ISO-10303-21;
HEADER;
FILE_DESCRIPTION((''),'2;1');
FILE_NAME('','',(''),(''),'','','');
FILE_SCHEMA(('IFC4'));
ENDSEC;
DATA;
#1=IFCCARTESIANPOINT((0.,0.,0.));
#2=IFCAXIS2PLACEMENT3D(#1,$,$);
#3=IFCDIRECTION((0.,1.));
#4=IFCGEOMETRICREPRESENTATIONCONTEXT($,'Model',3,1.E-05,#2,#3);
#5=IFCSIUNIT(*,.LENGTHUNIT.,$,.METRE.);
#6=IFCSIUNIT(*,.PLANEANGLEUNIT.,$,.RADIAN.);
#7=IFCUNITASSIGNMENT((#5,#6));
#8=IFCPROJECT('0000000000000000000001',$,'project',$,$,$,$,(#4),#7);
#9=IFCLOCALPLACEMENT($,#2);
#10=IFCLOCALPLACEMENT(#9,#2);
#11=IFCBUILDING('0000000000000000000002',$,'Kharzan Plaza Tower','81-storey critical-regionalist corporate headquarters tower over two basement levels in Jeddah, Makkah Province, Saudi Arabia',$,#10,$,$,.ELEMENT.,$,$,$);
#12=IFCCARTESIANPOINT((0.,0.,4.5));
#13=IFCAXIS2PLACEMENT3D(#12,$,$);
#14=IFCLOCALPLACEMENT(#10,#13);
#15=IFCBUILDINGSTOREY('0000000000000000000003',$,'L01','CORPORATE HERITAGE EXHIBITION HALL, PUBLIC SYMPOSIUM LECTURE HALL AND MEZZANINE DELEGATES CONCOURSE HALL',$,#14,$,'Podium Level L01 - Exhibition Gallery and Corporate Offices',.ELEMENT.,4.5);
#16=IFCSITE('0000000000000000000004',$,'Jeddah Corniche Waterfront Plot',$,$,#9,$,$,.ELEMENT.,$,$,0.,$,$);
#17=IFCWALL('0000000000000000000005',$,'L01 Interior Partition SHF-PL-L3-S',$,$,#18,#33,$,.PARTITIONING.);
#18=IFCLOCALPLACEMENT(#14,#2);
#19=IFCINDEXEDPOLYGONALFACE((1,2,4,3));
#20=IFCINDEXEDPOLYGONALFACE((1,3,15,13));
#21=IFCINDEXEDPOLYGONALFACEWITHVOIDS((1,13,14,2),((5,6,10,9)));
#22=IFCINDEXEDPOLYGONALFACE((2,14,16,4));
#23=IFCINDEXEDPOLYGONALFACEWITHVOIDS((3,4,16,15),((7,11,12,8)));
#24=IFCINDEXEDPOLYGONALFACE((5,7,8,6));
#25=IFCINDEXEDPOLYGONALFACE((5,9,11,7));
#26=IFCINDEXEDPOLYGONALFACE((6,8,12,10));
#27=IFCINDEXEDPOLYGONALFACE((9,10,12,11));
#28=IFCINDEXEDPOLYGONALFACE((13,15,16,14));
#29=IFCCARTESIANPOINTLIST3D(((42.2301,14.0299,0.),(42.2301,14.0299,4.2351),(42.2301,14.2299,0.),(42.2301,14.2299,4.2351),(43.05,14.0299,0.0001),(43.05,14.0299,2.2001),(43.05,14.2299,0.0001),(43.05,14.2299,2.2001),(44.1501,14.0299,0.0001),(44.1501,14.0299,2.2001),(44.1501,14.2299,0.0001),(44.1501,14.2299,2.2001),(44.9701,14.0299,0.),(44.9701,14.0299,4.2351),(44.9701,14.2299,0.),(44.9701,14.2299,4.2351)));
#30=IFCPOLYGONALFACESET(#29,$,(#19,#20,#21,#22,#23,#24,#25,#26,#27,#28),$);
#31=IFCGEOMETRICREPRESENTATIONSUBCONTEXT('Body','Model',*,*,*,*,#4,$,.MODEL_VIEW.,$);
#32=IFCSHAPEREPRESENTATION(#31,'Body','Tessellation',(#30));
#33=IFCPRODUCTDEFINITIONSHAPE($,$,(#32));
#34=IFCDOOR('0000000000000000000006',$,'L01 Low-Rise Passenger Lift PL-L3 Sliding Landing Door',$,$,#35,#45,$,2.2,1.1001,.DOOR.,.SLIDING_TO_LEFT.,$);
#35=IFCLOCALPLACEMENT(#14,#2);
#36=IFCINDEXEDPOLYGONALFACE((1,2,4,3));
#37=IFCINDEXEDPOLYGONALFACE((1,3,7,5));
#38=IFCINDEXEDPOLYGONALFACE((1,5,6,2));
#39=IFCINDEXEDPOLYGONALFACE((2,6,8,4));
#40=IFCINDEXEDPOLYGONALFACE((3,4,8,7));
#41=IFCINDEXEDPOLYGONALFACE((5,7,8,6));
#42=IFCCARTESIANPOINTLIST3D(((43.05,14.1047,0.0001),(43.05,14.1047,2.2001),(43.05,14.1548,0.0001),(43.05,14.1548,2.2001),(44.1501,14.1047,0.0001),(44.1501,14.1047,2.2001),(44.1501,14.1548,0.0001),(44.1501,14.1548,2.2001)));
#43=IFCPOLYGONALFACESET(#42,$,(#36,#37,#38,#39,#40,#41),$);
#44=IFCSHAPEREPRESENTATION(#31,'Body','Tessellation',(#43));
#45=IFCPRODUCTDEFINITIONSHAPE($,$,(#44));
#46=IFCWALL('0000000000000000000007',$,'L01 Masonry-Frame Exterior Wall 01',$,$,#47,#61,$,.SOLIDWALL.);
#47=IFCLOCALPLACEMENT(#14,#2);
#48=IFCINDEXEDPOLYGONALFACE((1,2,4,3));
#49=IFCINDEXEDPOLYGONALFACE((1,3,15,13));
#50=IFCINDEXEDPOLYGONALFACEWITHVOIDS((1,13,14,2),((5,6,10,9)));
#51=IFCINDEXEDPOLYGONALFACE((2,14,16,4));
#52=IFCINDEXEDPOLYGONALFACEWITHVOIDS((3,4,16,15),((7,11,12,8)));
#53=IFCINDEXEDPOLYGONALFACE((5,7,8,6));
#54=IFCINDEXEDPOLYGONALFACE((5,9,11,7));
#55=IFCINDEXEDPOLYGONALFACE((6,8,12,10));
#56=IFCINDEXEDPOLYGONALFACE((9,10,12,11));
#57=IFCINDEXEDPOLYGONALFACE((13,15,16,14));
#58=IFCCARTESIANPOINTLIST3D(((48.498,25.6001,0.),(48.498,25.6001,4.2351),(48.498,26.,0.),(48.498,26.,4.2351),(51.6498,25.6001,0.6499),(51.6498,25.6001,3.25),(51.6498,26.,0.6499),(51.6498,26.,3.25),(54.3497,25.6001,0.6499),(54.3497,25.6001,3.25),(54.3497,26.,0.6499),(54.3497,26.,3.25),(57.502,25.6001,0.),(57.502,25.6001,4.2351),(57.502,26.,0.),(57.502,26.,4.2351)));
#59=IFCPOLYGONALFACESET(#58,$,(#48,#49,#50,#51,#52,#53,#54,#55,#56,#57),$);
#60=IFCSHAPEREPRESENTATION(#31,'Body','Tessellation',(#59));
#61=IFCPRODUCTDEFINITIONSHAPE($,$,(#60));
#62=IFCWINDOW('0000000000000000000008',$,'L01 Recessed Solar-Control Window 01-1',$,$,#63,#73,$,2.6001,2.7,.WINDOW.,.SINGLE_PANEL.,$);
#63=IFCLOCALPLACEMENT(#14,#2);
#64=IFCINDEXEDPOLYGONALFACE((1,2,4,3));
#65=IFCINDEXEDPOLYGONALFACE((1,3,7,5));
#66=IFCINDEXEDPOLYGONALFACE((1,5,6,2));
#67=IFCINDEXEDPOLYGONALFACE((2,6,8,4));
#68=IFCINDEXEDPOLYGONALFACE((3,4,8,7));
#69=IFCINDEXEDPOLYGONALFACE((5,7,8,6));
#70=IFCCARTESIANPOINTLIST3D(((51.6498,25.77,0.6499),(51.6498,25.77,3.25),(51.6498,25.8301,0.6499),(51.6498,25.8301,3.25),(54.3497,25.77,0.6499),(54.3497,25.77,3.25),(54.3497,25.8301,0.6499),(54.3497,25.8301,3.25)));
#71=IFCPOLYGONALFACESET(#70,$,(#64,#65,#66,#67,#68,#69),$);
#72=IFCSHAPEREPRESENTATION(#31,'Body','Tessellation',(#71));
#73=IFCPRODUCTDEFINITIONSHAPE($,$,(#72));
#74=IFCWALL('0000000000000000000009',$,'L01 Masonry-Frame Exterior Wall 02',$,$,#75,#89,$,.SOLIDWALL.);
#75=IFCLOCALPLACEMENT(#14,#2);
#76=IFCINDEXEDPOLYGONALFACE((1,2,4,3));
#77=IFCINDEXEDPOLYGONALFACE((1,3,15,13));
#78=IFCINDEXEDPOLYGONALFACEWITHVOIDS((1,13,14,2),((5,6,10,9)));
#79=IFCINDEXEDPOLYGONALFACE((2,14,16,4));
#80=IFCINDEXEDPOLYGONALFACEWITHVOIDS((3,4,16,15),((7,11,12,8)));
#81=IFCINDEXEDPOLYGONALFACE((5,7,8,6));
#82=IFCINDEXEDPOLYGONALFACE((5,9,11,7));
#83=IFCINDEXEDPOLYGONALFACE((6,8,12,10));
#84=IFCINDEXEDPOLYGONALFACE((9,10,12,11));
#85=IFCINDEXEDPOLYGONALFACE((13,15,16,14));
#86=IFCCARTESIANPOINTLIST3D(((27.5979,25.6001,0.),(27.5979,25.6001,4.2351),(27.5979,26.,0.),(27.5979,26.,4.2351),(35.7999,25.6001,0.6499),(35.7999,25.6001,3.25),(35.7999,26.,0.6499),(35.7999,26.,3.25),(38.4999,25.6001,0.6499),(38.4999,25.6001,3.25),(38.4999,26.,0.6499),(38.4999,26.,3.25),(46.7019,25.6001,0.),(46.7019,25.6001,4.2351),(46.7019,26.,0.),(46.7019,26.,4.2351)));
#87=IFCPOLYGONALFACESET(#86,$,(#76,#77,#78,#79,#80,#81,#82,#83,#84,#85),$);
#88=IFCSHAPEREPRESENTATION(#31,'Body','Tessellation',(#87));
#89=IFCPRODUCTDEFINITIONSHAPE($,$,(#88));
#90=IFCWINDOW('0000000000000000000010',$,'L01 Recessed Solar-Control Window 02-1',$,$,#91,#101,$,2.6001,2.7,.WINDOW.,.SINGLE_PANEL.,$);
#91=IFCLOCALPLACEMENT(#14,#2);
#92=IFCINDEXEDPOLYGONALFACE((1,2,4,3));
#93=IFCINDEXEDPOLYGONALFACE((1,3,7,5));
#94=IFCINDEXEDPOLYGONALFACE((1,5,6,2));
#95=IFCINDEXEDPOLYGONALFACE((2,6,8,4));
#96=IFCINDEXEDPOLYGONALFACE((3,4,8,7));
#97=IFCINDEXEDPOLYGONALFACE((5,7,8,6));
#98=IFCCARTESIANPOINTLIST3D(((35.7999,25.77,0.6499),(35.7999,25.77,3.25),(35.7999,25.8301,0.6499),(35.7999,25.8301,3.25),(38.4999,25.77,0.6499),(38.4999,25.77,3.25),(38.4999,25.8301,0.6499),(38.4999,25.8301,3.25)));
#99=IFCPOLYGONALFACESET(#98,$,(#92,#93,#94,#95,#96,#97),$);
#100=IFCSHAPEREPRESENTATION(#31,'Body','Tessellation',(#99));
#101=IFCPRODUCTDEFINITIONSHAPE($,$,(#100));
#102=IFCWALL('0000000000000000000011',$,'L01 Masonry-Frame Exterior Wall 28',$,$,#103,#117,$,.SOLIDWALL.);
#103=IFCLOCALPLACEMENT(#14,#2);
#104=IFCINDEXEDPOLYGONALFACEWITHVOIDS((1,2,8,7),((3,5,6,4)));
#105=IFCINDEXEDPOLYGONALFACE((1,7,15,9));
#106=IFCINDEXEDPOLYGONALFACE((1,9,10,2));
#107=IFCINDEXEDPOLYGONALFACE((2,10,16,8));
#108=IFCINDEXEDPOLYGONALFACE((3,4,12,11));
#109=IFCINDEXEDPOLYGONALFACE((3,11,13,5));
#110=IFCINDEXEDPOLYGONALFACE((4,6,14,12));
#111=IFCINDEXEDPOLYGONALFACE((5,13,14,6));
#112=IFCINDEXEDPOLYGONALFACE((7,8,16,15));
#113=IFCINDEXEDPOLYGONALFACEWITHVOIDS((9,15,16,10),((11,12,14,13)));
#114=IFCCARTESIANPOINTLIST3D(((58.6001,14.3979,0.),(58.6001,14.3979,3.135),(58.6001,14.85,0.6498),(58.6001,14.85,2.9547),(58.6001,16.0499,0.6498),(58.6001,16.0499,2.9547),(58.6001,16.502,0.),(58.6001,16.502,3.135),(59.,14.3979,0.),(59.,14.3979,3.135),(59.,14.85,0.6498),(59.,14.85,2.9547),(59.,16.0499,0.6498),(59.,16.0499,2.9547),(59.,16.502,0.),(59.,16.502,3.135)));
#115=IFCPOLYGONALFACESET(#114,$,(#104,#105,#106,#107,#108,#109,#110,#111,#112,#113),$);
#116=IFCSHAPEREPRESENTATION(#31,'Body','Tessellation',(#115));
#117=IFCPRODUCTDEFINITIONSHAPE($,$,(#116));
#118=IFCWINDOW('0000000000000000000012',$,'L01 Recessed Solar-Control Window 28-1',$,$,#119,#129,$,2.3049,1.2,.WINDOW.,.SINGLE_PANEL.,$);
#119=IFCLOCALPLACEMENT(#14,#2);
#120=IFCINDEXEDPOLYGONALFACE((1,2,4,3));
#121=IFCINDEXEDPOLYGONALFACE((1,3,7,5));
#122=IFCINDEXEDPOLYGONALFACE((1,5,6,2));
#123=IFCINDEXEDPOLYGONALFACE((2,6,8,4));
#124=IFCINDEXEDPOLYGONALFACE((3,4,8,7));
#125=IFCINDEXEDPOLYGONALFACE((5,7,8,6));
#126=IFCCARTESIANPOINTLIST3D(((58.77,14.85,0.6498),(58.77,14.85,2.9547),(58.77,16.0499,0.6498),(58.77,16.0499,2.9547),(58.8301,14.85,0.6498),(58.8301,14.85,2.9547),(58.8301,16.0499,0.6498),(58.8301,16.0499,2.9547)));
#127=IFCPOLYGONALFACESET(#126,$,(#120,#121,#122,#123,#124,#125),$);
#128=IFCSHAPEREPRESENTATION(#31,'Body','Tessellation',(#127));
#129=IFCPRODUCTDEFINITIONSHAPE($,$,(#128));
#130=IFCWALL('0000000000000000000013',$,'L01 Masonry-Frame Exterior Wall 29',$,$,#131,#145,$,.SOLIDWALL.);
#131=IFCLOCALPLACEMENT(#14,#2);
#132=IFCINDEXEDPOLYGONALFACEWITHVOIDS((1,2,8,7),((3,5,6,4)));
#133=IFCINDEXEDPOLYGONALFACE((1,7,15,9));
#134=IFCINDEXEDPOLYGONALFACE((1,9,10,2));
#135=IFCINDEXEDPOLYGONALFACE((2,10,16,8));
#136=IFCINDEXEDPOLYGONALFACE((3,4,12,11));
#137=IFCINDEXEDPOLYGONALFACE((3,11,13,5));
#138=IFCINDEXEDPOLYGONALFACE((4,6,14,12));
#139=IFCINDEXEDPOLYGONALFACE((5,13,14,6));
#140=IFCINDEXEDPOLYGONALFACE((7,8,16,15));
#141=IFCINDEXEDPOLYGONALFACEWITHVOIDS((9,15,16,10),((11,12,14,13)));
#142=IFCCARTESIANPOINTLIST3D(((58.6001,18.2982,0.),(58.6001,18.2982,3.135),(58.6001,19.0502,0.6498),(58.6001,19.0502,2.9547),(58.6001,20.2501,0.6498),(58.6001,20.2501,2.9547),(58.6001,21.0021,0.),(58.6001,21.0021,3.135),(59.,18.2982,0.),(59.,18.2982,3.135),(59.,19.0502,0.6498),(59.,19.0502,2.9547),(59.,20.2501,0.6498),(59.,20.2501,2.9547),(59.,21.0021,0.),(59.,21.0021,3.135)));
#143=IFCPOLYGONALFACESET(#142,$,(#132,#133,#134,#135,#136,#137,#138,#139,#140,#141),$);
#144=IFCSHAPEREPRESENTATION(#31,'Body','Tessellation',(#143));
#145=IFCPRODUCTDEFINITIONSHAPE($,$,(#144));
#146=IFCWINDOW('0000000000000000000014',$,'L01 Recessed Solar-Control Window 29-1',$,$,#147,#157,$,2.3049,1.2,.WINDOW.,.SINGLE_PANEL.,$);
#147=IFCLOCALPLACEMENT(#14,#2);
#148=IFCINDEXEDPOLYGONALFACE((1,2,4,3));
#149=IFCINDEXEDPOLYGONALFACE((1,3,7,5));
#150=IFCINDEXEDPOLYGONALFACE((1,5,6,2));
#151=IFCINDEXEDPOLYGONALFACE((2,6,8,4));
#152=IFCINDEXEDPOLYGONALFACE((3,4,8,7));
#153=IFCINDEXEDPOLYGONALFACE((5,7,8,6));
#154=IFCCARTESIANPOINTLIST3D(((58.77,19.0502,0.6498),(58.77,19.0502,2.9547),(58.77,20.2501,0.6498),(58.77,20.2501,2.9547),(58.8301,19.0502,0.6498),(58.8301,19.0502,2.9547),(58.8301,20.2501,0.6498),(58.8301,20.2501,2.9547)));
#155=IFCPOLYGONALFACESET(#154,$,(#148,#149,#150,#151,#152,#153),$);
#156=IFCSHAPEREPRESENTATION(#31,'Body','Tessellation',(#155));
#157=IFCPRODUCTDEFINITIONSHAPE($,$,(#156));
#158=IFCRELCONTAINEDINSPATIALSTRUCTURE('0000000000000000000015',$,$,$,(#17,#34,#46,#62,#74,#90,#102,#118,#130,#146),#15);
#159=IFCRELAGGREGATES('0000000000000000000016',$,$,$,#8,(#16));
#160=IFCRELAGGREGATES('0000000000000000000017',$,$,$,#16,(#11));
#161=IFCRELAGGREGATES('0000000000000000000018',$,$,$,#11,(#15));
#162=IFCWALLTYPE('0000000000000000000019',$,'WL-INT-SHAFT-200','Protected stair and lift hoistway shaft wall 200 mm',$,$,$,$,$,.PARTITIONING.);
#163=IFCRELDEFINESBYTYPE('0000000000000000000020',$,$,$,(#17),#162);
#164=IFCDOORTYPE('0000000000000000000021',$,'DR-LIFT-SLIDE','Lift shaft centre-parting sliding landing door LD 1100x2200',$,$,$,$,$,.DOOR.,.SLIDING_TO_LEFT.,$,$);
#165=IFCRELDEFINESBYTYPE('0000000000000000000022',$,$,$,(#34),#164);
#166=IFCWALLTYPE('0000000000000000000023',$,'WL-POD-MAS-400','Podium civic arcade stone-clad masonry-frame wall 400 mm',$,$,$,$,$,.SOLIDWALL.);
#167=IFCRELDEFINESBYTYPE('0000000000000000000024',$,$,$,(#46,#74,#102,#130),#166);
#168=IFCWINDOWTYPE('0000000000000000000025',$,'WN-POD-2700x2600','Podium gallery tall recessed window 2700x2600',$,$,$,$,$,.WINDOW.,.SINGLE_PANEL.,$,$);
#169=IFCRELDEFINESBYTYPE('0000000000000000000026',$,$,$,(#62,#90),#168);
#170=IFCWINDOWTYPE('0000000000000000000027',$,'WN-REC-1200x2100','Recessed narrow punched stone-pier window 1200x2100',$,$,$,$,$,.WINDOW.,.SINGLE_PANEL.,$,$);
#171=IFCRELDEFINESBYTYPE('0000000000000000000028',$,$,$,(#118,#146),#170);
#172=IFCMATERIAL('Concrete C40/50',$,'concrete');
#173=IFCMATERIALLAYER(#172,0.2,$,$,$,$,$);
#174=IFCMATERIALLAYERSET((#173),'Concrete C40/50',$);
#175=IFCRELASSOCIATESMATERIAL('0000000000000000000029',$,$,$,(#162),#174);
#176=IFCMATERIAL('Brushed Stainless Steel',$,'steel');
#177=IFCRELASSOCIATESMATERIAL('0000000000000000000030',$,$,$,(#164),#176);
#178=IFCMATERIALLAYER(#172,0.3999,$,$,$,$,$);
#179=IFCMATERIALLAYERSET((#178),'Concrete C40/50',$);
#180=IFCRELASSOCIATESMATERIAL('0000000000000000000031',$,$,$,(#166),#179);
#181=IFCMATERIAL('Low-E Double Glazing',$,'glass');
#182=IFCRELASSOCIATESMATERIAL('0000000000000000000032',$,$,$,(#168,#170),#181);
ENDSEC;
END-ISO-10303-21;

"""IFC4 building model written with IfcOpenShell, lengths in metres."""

from ifc_helpers import new_model, si_unit, direction, frame, frame_2d, origin, place, context, subcontext, project, spatial, rectangle, extrude, source, transform, mapped, material, layer, layer_set, type_object, element, fill, save


model = new_model("IFC4")

# Units and contexts
model_context = context("Model", 3, precision=1e-05, world=origin(), true_north=direction((0.0, 1.0)))
body_context = subcontext(model_context, "Body", "Model", "MODEL_VIEW")
ifc_project = project(units=[si_unit("LENGTHUNIT", "METRE"), si_unit("PLANEANGLEUNIT", "RADIAN")], contexts=[model_context])

# Site, building, storey
site_placement = place(None, origin())
site = spatial("IfcSite", under=ifc_project, at=site_placement, Name="Jeddah Corniche Waterfront Plot", CompositionType="ELEMENT", RefElevation=0.0)
building_placement = place(site_placement, origin())
building = spatial("IfcBuilding", under=site, at=building_placement, Name="Kharzan Plaza Tower", Description="81-storey critical-regionalist corporate headquarters tower over two basement levels in Jeddah, Makkah Province, Saudi Arabia", CompositionType="ELEMENT")
storey_placement = place(building_placement, frame((0.0, 0.0, 4.5)))
storey = spatial("IfcBuildingStorey", under=building, at=storey_placement, Name="L01", Description="CORPORATE HERITAGE EXHIBITION HALL, PUBLIC SYMPOSIUM LECTURE HALL AND MEZZANINE DELEGATES CONCOURSE HALL", LongName="Podium Level L01 - Exhibition Gallery and Corporate Offices", CompositionType="ELEMENT", Elevation=4.5)

# Wall, opening, door
ifc_material_1 = material(Name="Concrete C40/50", Category="concrete")
ifc_layer_1 = layer(ifc_material_1, 0.2)
ifc_layer_set_1 = layer_set([ifc_layer_1], Name="Concrete C40/50")
wall_type_1 = type_object("IfcWallType", Name="WL-INT-SHAFT-200", Description="Protected stair and lift hoistway shaft wall 200 mm", PredefinedType="PARTITIONING", material=ifc_layer_set_1)
wall_1_placement = place(storey_placement, frame((42.23, 14.1299, 0.0), z_axis=(0.0, 0.0, 1.0), x_axis=(1.0, 0.0, 0.0)))
wall_1 = element("IfcWall", 1, at=wall_1_placement, inside=storey, type_object=wall_type_1, Name="L01 Interior Partition SHF-PL-L3-S", PredefinedType="PARTITIONING", context=body_context, shape_type="SweptSolid", body=[
    extrude(rectangle(XDim=2.74, YDim=0.2, at=frame_2d((1.3701, 0.0))), origin(), (0.0, 0.0, 1.0), 4.2351),
])
opening_1_placement = place(wall_1_placement, frame((0.8201, 0.0, 0.0)))
opening_1 = element("IfcOpeningElement", 2, at=opening_1_placement, cuts=wall_1, PredefinedType="OPENING", context=body_context, shape_type="SweptSolid", body=[
    extrude(rectangle(XDim=1.1001, YDim=2.2, at=frame_2d((0.55, 1.1001))), frame((0.0, 0.1099, 0.0), z_axis=(0.0, -1.0, 0.0), x_axis=(1.0, 0.0, 0.0)), (0.0, 0.0, 1.0), 0.22),
])
ifc_material_2 = material(Name="Brushed Stainless Steel", Category="steel")
door_type = type_object("IfcDoorType", Name="DR-LIFT-SLIDE", Description="Lift shaft centre-parting sliding landing door LD 1100x2200", OperationType="SLIDING_TO_LEFT", PredefinedType="DOOR", material=ifc_material_2)
shared_shape_1 = source(origin(), body_context, "Body", "SweptSolid", [
    extrude(rectangle(XDim=1.1001, YDim=2.2, at=frame_2d((0.55, 1.1001))), frame((0.0, 0.0249, 0.0), z_axis=(0.0, -1.0, 0.0), x_axis=(1.0, 0.0, 0.0)), (0.0, 0.0, 1.0), 0.05),
])
door_placement = place(opening_1_placement, origin())
door = element("IfcDoor", 3, at=door_placement, inside=storey, type_object=door_type, Name="L01 Low-Rise Passenger Lift PL-L3 Sliding Landing Door", OperationType="SLIDING_TO_LEFT", OverallHeight=2.2, OverallWidth=1.1001, PredefinedType="DOOR", context=body_context, shape_type="MappedRepresentation", body=[
    mapped(shared_shape_1, transform((0.0, 0.0, 0.0), x_axis=(1.0, 0.0, 0.0), y_axis=(0.0, 1.0, 0.0), z_axis=(0.0, 0.0, 1.0))),
])
fill(opening_1, door)

# Walls, openings, windows
ifc_layer_2 = layer(ifc_material_1, 0.3999)
ifc_layer_set_2 = layer_set([ifc_layer_2], Name="Concrete C40/50")
wall_type_2 = type_object("IfcWallType", Name="WL-POD-MAS-400", Description="Podium civic arcade stone-clad masonry-frame wall 400 mm", PredefinedType="SOLIDWALL", material=ifc_layer_set_2)
wall_2_placement = place(storey_placement, frame((57.502, 25.8, 0.0), z_axis=(0.0, 0.0, 1.0), x_axis=(-1.0, 0.0, 0.0)))
wall_2 = element("IfcWall", 4, at=wall_2_placement, inside=storey, type_object=wall_type_2, Name="L01 Masonry-Frame Exterior Wall 01", PredefinedType="SOLIDWALL", context=body_context, shape_type="SweptSolid", body=[
    extrude(rectangle(XDim=9.0039, YDim=0.3999, at=frame_2d((4.502, 0.0))), origin(), (0.0, 0.0, 1.0), 4.2351),
])
opening_2_placement = place(wall_2_placement, frame((3.1521, 0.0, 0.6499)))
opening_2 = element("IfcOpeningElement", 5, at=opening_2_placement, cuts=wall_2, PredefinedType="OPENING", context=body_context, shape_type="SweptSolid", body=[
    extrude(rectangle(XDim=2.7, YDim=2.6001, at=frame_2d((1.3501, 1.3))), frame((0.0, 0.21, 0.0), z_axis=(0.0, -1.0, 0.0), x_axis=(1.0, 0.0, 0.0)), (0.0, 0.0, 1.0), 0.4199),
])
ifc_material_3 = material(Name="Low-E Double Glazing", Category="glass")
window_type_1 = type_object("IfcWindowType", Name="WN-POD-2700x2600", Description="Podium gallery tall recessed window 2700x2600", PartitioningType="SINGLE_PANEL", PredefinedType="WINDOW", material=ifc_material_3)
shared_shape_2 = source(origin(), body_context, "Body", "SweptSolid", [
    extrude(rectangle(XDim=2.7, YDim=2.6001, at=frame_2d((1.3501, 1.3))), frame((0.0, 0.03, 0.0), z_axis=(0.0, -1.0, 0.0), x_axis=(1.0, 0.0, 0.0)), (0.0, 0.0, 1.0), 0.0601),
])
window_1_placement = place(opening_2_placement, origin())
window_1 = element("IfcWindow", 6, at=window_1_placement, inside=storey, type_object=window_type_1, Name="L01 Recessed Solar-Control Window 01-1", OverallHeight=2.6001, OverallWidth=2.7, PartitioningType="SINGLE_PANEL", PredefinedType="WINDOW", context=body_context, shape_type="MappedRepresentation", body=[
    mapped(shared_shape_2, transform((0.0, 0.0, 0.0), x_axis=(1.0, 0.0, 0.0), y_axis=(0.0, 1.0, 0.0), z_axis=(0.0, 0.0, 1.0))),
])
fill(opening_2, window_1)
wall_3_placement = place(storey_placement, frame((46.7019, 25.8, 0.0), z_axis=(0.0, 0.0, 1.0), x_axis=(-1.0, 0.0, 0.0)))
wall_3 = element("IfcWall", 7, at=wall_3_placement, inside=storey, type_object=wall_type_2, Name="L01 Masonry-Frame Exterior Wall 02", PredefinedType="SOLIDWALL", context=body_context, shape_type="SweptSolid", body=[
    extrude(rectangle(XDim=19.104, YDim=0.3999, at=frame_2d((9.552, 0.0))), origin(), (0.0, 0.0, 1.0), 4.2351),
])
opening_3_placement = place(wall_3_placement, frame((8.2019, 0.0, 0.6499)))
opening_3 = element("IfcOpeningElement", 8, at=opening_3_placement, cuts=wall_3, PredefinedType="OPENING", context=body_context, shape_type="SweptSolid", body=[
    extrude(rectangle(XDim=2.7, YDim=2.6001, at=frame_2d((1.3501, 1.3))), frame((0.0, 0.21, 0.0), z_axis=(0.0, -1.0, 0.0), x_axis=(1.0, 0.0, 0.0)), (0.0, 0.0, 1.0), 0.4199),
])
window_2_placement = place(opening_3_placement, origin())
window_2 = element("IfcWindow", 9, at=window_2_placement, inside=storey, type_object=window_type_1, Name="L01 Recessed Solar-Control Window 02-1", OverallHeight=2.6001, OverallWidth=2.7, PartitioningType="SINGLE_PANEL", PredefinedType="WINDOW", context=body_context, shape_type="MappedRepresentation", body=[
    mapped(shared_shape_2, transform((0.0, 0.0, 0.0), x_axis=(1.0, 0.0, 0.0), y_axis=(0.0, 1.0, 0.0), z_axis=(0.0, 0.0, 1.0))),
])
fill(opening_3, window_2)
wall_4_placement = place(storey_placement, frame((58.8, 14.3979, 0.0), z_axis=(0.0, 0.0, 1.0), x_axis=(0.0, 1.0, 0.0)))
wall_4 = element("IfcWall", 10, at=wall_4_placement, inside=storey, type_object=wall_type_2, Name="L01 Masonry-Frame Exterior Wall 28", PredefinedType="SOLIDWALL", context=body_context, shape_type="SweptSolid", body=[
    extrude(rectangle(XDim=2.104, YDim=0.3999, at=frame_2d((1.052, 0.0))), origin(), (0.0, 0.0, 1.0), 3.135),
])
opening_4_placement = place(wall_4_placement, frame((0.4519, 0.0, 0.6499)))
opening_4 = element("IfcOpeningElement", 11, at=opening_4_placement, cuts=wall_4, PredefinedType="OPENING", context=body_context, shape_type="SweptSolid", body=[
    extrude(rectangle(XDim=1.2, YDim=2.3049, at=frame_2d((0.6001, 1.1523))), frame((0.0, 0.21, 0.0), z_axis=(0.0, -1.0, 0.0), x_axis=(1.0, 0.0, 0.0)), (0.0, 0.0, 1.0), 0.4199),
])
window_type_2 = type_object("IfcWindowType", Name="WN-REC-1200x2100", Description="Recessed narrow punched stone-pier window 1200x2100", PartitioningType="SINGLE_PANEL", PredefinedType="WINDOW", material=ifc_material_3)
shared_shape_3 = source(origin(), body_context, "Body", "SweptSolid", [
    extrude(rectangle(XDim=1.2, YDim=2.3049, at=frame_2d((0.6001, 1.1523))), frame((0.0, 0.03, 0.0), z_axis=(0.0, -1.0, 0.0), x_axis=(1.0, 0.0, 0.0)), (0.0, 0.0, 1.0), 0.0601),
])
window_3_placement = place(opening_4_placement, origin())
window_3 = element("IfcWindow", 12, at=window_3_placement, inside=storey, type_object=window_type_2, Name="L01 Recessed Solar-Control Window 28-1", OverallHeight=2.3049, OverallWidth=1.2, PartitioningType="SINGLE_PANEL", PredefinedType="WINDOW", context=body_context, shape_type="MappedRepresentation", body=[
    mapped(shared_shape_3, transform((0.0, 0.0, 0.0), x_axis=(1.0, 0.0, 0.0), y_axis=(0.0, 1.0, 0.0), z_axis=(0.0, 0.0, 1.0))),
])
fill(opening_4, window_3)
wall_5_placement = place(storey_placement, frame((58.8, 18.2981, 0.0), z_axis=(0.0, 0.0, 1.0), x_axis=(0.0, 1.0, 0.0)))
wall_5 = element("IfcWall", 13, at=wall_5_placement, inside=storey, type_object=wall_type_2, Name="L01 Masonry-Frame Exterior Wall 29", PredefinedType="SOLIDWALL", context=body_context, shape_type="SweptSolid", body=[
    extrude(rectangle(XDim=2.7039, YDim=0.3999, at=frame_2d((1.3521, 0.0))), origin(), (0.0, 0.0, 1.0), 3.135),
])
opening_5_placement = place(wall_5_placement, frame((0.752, 0.0, 0.6499)))
opening_5 = element("IfcOpeningElement", 14, at=opening_5_placement, cuts=wall_5, PredefinedType="OPENING", context=body_context, shape_type="SweptSolid", body=[
    extrude(rectangle(XDim=1.2, YDim=2.3049, at=frame_2d((0.6001, 1.1523))), frame((0.0, 0.21, 0.0), z_axis=(0.0, -1.0, 0.0), x_axis=(1.0, 0.0, 0.0)), (0.0, 0.0, 1.0), 0.4199),
])
window_4_placement = place(opening_5_placement, origin())
window_4 = element("IfcWindow", 15, at=window_4_placement, inside=storey, type_object=window_type_2, Name="L01 Recessed Solar-Control Window 29-1", OverallHeight=2.3049, OverallWidth=1.2, PartitioningType="SINGLE_PANEL", PredefinedType="WINDOW", context=body_context, shape_type="MappedRepresentation", body=[
    mapped(shared_shape_3, transform((0.0, 0.0, 0.0), x_axis=(1.0, 0.0, 0.0), y_axis=(0.0, 1.0, 0.0), z_axis=(0.0, 0.0, 1.0))),
])
fill(opening_5, window_4)

save(model, "model.ifc")
